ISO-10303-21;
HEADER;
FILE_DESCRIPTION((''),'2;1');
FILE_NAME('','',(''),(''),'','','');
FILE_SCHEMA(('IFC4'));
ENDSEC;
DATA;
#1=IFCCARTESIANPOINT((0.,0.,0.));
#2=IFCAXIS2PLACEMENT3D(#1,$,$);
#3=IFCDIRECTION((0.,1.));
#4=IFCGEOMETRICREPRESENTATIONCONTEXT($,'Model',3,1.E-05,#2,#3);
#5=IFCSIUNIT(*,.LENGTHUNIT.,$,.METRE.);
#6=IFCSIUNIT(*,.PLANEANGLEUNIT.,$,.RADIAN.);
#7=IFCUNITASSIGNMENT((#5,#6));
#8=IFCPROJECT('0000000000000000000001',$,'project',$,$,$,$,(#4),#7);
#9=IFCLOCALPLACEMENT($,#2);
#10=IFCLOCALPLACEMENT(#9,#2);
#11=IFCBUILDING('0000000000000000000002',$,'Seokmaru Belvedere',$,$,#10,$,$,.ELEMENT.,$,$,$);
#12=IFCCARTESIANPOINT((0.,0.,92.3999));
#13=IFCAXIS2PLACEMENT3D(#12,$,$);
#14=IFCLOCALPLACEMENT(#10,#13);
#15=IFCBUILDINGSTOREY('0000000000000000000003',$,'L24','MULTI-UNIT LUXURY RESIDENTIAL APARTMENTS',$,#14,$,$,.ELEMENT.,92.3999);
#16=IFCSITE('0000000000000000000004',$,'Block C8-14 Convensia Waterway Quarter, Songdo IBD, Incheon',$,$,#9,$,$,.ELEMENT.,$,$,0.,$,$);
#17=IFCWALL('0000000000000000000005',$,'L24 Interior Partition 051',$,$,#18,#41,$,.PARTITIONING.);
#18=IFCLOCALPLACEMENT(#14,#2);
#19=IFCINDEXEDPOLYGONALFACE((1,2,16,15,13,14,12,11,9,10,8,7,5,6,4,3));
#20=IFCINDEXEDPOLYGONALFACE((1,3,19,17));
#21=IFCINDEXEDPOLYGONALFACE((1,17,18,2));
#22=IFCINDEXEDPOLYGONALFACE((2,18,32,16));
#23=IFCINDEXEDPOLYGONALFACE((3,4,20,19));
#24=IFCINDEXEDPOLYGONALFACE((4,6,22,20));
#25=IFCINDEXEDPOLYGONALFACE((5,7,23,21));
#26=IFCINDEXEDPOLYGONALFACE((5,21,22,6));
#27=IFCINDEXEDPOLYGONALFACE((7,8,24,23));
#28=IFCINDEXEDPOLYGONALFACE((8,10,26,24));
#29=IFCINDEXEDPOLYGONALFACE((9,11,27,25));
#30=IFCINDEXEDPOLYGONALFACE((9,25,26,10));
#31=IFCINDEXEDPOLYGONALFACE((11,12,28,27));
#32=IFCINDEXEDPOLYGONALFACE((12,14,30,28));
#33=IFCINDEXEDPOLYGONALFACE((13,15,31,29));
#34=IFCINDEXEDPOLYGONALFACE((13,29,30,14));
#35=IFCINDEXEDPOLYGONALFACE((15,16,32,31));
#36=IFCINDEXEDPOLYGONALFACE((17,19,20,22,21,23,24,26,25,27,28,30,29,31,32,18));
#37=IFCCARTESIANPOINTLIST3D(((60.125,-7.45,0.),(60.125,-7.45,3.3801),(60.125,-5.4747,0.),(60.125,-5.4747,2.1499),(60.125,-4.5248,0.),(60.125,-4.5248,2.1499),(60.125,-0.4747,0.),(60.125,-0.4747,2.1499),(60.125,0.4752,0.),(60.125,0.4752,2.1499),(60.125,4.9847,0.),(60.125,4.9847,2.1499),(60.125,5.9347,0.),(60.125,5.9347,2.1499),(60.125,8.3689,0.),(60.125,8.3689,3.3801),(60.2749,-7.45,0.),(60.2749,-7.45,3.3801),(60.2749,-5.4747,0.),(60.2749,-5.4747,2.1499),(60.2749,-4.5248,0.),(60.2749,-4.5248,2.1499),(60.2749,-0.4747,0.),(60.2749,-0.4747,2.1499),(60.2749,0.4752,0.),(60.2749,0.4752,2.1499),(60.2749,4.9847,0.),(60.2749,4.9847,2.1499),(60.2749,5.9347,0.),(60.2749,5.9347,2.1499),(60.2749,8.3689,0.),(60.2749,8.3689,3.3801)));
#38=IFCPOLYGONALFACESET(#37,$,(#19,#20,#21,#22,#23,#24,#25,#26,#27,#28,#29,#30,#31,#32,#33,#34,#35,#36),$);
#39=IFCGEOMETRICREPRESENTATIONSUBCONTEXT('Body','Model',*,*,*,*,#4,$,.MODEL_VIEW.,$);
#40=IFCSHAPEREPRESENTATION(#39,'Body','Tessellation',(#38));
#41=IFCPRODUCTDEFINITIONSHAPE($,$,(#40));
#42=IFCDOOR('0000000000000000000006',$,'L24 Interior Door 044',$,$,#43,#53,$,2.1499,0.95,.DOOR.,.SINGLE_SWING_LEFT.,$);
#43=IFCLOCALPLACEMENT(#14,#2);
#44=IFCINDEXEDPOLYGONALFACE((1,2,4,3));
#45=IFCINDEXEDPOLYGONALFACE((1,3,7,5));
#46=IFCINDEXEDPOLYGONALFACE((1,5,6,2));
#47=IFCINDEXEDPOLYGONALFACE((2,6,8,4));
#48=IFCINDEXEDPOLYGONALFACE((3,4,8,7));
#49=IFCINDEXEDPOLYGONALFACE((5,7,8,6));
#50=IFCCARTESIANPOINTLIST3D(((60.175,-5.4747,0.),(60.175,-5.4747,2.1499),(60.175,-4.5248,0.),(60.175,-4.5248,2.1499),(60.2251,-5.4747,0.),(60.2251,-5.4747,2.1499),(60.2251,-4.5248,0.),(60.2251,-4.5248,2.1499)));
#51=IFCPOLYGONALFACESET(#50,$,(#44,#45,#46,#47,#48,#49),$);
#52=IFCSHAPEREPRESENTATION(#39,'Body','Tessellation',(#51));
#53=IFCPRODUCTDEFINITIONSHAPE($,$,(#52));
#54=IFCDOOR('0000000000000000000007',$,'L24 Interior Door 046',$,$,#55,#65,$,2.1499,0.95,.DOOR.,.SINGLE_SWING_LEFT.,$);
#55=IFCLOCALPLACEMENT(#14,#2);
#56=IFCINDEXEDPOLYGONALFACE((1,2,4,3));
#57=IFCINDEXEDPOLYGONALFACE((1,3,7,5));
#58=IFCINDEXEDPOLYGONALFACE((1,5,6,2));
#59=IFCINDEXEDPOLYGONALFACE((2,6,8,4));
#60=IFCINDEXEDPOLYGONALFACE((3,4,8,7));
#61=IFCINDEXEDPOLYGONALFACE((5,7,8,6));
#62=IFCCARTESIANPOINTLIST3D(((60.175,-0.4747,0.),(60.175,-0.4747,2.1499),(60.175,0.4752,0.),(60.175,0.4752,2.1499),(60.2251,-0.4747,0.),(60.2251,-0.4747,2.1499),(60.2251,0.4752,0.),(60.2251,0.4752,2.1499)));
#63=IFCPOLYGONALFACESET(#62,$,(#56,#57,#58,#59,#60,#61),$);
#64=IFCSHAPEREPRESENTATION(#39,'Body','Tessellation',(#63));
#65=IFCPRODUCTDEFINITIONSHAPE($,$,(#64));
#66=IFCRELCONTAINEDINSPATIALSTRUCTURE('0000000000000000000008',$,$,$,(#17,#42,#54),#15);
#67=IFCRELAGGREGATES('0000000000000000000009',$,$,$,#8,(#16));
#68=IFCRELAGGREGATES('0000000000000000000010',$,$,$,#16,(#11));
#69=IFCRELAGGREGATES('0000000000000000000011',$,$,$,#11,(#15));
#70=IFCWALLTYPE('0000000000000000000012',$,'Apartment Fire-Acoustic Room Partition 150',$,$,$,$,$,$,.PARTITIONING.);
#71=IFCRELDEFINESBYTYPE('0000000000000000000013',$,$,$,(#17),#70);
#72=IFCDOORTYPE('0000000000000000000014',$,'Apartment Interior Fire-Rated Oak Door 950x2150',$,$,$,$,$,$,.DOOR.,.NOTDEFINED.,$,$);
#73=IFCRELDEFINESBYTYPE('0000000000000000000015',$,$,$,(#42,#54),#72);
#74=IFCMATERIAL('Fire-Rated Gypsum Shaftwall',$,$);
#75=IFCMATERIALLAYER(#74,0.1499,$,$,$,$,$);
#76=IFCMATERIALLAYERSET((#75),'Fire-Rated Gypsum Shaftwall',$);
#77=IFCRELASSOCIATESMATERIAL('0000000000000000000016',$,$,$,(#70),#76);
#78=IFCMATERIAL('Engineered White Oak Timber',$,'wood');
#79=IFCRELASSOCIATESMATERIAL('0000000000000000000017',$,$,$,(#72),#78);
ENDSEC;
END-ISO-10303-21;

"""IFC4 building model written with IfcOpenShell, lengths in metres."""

from ifc_helpers import new_model, si_unit, direction, frame, frame_2d, origin, place, context, subcontext, project, spatial, rectangle, extrude, source, transform, mapped, material, layer, layer_set, type_object, type_shapes, element, fill, save


model = new_model("IFC4")

# Units and contexts
model_context = context("Model", 3, precision=1e-05, world=origin(), true_north=direction((0.0, 1.0)))
body_context = subcontext(model_context, "Body", "Model", "MODEL_VIEW")
ifc_project = project(units=[si_unit("LENGTHUNIT", "METRE"), si_unit("PLANEANGLEUNIT", "RADIAN")], contexts=[model_context])

# Site, building, storey
site_placement = place(None, origin())
site = spatial("IfcSite", under=ifc_project, at=site_placement, Name="Block C8-14 Convensia Waterway Quarter, Songdo IBD, Incheon", CompositionType="ELEMENT", RefElevation=0.0)
building_placement = place(site_placement, origin())
building = spatial("IfcBuilding", under=site, at=building_placement, Name="Seokmaru Belvedere", CompositionType="ELEMENT")
storey_placement = place(building_placement, frame((0.0, 0.0, 92.3999)))
storey = spatial("IfcBuildingStorey", under=building, at=storey_placement, Name="L24", Description="MULTI-UNIT LUXURY RESIDENTIAL APARTMENTS", CompositionType="ELEMENT", Elevation=92.3999)

# Wall, openings, doors
ifc_material_1 = material(Name="Fire-Rated Gypsum Shaftwall")
ifc_layer_1 = layer(ifc_material_1, 0.1499)
ifc_layer_set_1 = layer_set([ifc_layer_1], Name="Fire-Rated Gypsum Shaftwall")
wall_type = type_object("IfcWallType", Name="Apartment Fire-Acoustic Room Partition 150", PredefinedType="PARTITIONING", material=ifc_layer_set_1)
ifc_material_2 = material(Name="Engineered White Oak Timber", Category="wood")
door_type = type_object("IfcDoorType", Name="Apartment Interior Fire-Rated Oak Door 950x2150", OperationType="NOTDEFINED", PredefinedType="DOOR", material=ifc_material_2)
shared_shape_1 = source(origin(), body_context, "Body", "SweptSolid", [
    extrude(rectangle(XDim=0.95, YDim=2.1499, at=frame_2d((0.4751, 1.075))), frame((0.0, 0.0249, 0.0), z_axis=(0.0, -1.0, 0.0), x_axis=(1.0, 0.0, 0.0)), (0.0, 0.0, 1.0), 0.05),
])
type_shapes(door_type, [shared_shape_1])
wall_1_placement = place(storey_placement, frame((60.2, -7.45, 0.0), z_axis=(0.0, 0.0, 1.0), x_axis=(0.0, 1.0, 0.0)))
wall_1 = element("IfcWall", 1, at=wall_1_placement, inside=storey, type_object=wall_type, Name="L24 Interior Partition 051", PredefinedType="PARTITIONING", context=body_context, shape_type="SweptSolid", body=[
    extrude(rectangle(XDim=15.8188, YDim=0.1499, at=frame_2d((7.9094, 0.0))), origin(), (0.0, 0.0, 1.0), 3.3801),
])
opening_1_placement = place(wall_1_placement, frame((1.9751, 0.0, 0.0)))
opening_1 = element("IfcOpeningElement", 2, at=opening_1_placement, cuts=wall_1, PredefinedType="OPENING", context=body_context, shape_type="SweptSolid", body=[
    extrude(rectangle(XDim=0.95, YDim=2.1499, at=frame_2d((0.4751, 1.075))), frame((0.0, 0.085, 0.0), z_axis=(0.0, -1.0, 0.0), x_axis=(1.0, 0.0, 0.0)), (0.0, 0.0, 1.0), 0.1699),
])
opening_2_placement = place(wall_1_placement, frame((6.9751, 0.0, 0.0)))
opening_2 = element("IfcOpeningElement", 3, at=opening_2_placement, cuts=wall_1, PredefinedType="OPENING", context=body_context, shape_type="SweptSolid", body=[
    extrude(rectangle(XDim=0.95, YDim=2.1499, at=frame_2d((0.4751, 1.075))), frame((0.0, 0.085, 0.0), z_axis=(0.0, -1.0, 0.0), x_axis=(1.0, 0.0, 0.0)), (0.0, 0.0, 1.0), 0.1699),
])
opening_3_placement = place(wall_1_placement, frame((12.4346, 0.0, 0.0)))
element("IfcOpeningElement", 4, at=opening_3_placement, cuts=wall_1, PredefinedType="OPENING", context=body_context, shape_type="SweptSolid", body=[
    extrude(rectangle(XDim=0.95, YDim=2.1499, at=frame_2d((0.4751, 1.075))), frame((0.0, 0.085, 0.0), z_axis=(0.0, -1.0, 0.0), x_axis=(1.0, 0.0, 0.0)), (0.0, 0.0, 1.0), 0.1699),
])
door_1_placement = place(opening_1_placement, origin())
door_1 = element("IfcDoor", 5, at=door_1_placement, inside=storey, type_object=door_type, Name="L24 Interior Door 044", OperationType="SINGLE_SWING_LEFT", OverallHeight=2.1499, OverallWidth=0.95, PredefinedType="DOOR", context=body_context, shape_type="MappedRepresentation", body=[
    mapped(shared_shape_1, transform((0.0, 0.0, 0.0), scale=1.0)),
])
fill(opening_1, door_1)
door_2_placement = place(opening_2_placement, origin())
door_2 = element("IfcDoor", 6, at=door_2_placement, inside=storey, type_object=door_type, Name="L24 Interior Door 046", OperationType="SINGLE_SWING_LEFT", OverallHeight=2.1499, OverallWidth=0.95, PredefinedType="DOOR", context=body_context, shape_type="MappedRepresentation", body=[
    mapped(shared_shape_1, transform((0.0, 0.0, 0.0), scale=1.0)),
])
fill(opening_2, door_2)

save(model, "model.ifc")
